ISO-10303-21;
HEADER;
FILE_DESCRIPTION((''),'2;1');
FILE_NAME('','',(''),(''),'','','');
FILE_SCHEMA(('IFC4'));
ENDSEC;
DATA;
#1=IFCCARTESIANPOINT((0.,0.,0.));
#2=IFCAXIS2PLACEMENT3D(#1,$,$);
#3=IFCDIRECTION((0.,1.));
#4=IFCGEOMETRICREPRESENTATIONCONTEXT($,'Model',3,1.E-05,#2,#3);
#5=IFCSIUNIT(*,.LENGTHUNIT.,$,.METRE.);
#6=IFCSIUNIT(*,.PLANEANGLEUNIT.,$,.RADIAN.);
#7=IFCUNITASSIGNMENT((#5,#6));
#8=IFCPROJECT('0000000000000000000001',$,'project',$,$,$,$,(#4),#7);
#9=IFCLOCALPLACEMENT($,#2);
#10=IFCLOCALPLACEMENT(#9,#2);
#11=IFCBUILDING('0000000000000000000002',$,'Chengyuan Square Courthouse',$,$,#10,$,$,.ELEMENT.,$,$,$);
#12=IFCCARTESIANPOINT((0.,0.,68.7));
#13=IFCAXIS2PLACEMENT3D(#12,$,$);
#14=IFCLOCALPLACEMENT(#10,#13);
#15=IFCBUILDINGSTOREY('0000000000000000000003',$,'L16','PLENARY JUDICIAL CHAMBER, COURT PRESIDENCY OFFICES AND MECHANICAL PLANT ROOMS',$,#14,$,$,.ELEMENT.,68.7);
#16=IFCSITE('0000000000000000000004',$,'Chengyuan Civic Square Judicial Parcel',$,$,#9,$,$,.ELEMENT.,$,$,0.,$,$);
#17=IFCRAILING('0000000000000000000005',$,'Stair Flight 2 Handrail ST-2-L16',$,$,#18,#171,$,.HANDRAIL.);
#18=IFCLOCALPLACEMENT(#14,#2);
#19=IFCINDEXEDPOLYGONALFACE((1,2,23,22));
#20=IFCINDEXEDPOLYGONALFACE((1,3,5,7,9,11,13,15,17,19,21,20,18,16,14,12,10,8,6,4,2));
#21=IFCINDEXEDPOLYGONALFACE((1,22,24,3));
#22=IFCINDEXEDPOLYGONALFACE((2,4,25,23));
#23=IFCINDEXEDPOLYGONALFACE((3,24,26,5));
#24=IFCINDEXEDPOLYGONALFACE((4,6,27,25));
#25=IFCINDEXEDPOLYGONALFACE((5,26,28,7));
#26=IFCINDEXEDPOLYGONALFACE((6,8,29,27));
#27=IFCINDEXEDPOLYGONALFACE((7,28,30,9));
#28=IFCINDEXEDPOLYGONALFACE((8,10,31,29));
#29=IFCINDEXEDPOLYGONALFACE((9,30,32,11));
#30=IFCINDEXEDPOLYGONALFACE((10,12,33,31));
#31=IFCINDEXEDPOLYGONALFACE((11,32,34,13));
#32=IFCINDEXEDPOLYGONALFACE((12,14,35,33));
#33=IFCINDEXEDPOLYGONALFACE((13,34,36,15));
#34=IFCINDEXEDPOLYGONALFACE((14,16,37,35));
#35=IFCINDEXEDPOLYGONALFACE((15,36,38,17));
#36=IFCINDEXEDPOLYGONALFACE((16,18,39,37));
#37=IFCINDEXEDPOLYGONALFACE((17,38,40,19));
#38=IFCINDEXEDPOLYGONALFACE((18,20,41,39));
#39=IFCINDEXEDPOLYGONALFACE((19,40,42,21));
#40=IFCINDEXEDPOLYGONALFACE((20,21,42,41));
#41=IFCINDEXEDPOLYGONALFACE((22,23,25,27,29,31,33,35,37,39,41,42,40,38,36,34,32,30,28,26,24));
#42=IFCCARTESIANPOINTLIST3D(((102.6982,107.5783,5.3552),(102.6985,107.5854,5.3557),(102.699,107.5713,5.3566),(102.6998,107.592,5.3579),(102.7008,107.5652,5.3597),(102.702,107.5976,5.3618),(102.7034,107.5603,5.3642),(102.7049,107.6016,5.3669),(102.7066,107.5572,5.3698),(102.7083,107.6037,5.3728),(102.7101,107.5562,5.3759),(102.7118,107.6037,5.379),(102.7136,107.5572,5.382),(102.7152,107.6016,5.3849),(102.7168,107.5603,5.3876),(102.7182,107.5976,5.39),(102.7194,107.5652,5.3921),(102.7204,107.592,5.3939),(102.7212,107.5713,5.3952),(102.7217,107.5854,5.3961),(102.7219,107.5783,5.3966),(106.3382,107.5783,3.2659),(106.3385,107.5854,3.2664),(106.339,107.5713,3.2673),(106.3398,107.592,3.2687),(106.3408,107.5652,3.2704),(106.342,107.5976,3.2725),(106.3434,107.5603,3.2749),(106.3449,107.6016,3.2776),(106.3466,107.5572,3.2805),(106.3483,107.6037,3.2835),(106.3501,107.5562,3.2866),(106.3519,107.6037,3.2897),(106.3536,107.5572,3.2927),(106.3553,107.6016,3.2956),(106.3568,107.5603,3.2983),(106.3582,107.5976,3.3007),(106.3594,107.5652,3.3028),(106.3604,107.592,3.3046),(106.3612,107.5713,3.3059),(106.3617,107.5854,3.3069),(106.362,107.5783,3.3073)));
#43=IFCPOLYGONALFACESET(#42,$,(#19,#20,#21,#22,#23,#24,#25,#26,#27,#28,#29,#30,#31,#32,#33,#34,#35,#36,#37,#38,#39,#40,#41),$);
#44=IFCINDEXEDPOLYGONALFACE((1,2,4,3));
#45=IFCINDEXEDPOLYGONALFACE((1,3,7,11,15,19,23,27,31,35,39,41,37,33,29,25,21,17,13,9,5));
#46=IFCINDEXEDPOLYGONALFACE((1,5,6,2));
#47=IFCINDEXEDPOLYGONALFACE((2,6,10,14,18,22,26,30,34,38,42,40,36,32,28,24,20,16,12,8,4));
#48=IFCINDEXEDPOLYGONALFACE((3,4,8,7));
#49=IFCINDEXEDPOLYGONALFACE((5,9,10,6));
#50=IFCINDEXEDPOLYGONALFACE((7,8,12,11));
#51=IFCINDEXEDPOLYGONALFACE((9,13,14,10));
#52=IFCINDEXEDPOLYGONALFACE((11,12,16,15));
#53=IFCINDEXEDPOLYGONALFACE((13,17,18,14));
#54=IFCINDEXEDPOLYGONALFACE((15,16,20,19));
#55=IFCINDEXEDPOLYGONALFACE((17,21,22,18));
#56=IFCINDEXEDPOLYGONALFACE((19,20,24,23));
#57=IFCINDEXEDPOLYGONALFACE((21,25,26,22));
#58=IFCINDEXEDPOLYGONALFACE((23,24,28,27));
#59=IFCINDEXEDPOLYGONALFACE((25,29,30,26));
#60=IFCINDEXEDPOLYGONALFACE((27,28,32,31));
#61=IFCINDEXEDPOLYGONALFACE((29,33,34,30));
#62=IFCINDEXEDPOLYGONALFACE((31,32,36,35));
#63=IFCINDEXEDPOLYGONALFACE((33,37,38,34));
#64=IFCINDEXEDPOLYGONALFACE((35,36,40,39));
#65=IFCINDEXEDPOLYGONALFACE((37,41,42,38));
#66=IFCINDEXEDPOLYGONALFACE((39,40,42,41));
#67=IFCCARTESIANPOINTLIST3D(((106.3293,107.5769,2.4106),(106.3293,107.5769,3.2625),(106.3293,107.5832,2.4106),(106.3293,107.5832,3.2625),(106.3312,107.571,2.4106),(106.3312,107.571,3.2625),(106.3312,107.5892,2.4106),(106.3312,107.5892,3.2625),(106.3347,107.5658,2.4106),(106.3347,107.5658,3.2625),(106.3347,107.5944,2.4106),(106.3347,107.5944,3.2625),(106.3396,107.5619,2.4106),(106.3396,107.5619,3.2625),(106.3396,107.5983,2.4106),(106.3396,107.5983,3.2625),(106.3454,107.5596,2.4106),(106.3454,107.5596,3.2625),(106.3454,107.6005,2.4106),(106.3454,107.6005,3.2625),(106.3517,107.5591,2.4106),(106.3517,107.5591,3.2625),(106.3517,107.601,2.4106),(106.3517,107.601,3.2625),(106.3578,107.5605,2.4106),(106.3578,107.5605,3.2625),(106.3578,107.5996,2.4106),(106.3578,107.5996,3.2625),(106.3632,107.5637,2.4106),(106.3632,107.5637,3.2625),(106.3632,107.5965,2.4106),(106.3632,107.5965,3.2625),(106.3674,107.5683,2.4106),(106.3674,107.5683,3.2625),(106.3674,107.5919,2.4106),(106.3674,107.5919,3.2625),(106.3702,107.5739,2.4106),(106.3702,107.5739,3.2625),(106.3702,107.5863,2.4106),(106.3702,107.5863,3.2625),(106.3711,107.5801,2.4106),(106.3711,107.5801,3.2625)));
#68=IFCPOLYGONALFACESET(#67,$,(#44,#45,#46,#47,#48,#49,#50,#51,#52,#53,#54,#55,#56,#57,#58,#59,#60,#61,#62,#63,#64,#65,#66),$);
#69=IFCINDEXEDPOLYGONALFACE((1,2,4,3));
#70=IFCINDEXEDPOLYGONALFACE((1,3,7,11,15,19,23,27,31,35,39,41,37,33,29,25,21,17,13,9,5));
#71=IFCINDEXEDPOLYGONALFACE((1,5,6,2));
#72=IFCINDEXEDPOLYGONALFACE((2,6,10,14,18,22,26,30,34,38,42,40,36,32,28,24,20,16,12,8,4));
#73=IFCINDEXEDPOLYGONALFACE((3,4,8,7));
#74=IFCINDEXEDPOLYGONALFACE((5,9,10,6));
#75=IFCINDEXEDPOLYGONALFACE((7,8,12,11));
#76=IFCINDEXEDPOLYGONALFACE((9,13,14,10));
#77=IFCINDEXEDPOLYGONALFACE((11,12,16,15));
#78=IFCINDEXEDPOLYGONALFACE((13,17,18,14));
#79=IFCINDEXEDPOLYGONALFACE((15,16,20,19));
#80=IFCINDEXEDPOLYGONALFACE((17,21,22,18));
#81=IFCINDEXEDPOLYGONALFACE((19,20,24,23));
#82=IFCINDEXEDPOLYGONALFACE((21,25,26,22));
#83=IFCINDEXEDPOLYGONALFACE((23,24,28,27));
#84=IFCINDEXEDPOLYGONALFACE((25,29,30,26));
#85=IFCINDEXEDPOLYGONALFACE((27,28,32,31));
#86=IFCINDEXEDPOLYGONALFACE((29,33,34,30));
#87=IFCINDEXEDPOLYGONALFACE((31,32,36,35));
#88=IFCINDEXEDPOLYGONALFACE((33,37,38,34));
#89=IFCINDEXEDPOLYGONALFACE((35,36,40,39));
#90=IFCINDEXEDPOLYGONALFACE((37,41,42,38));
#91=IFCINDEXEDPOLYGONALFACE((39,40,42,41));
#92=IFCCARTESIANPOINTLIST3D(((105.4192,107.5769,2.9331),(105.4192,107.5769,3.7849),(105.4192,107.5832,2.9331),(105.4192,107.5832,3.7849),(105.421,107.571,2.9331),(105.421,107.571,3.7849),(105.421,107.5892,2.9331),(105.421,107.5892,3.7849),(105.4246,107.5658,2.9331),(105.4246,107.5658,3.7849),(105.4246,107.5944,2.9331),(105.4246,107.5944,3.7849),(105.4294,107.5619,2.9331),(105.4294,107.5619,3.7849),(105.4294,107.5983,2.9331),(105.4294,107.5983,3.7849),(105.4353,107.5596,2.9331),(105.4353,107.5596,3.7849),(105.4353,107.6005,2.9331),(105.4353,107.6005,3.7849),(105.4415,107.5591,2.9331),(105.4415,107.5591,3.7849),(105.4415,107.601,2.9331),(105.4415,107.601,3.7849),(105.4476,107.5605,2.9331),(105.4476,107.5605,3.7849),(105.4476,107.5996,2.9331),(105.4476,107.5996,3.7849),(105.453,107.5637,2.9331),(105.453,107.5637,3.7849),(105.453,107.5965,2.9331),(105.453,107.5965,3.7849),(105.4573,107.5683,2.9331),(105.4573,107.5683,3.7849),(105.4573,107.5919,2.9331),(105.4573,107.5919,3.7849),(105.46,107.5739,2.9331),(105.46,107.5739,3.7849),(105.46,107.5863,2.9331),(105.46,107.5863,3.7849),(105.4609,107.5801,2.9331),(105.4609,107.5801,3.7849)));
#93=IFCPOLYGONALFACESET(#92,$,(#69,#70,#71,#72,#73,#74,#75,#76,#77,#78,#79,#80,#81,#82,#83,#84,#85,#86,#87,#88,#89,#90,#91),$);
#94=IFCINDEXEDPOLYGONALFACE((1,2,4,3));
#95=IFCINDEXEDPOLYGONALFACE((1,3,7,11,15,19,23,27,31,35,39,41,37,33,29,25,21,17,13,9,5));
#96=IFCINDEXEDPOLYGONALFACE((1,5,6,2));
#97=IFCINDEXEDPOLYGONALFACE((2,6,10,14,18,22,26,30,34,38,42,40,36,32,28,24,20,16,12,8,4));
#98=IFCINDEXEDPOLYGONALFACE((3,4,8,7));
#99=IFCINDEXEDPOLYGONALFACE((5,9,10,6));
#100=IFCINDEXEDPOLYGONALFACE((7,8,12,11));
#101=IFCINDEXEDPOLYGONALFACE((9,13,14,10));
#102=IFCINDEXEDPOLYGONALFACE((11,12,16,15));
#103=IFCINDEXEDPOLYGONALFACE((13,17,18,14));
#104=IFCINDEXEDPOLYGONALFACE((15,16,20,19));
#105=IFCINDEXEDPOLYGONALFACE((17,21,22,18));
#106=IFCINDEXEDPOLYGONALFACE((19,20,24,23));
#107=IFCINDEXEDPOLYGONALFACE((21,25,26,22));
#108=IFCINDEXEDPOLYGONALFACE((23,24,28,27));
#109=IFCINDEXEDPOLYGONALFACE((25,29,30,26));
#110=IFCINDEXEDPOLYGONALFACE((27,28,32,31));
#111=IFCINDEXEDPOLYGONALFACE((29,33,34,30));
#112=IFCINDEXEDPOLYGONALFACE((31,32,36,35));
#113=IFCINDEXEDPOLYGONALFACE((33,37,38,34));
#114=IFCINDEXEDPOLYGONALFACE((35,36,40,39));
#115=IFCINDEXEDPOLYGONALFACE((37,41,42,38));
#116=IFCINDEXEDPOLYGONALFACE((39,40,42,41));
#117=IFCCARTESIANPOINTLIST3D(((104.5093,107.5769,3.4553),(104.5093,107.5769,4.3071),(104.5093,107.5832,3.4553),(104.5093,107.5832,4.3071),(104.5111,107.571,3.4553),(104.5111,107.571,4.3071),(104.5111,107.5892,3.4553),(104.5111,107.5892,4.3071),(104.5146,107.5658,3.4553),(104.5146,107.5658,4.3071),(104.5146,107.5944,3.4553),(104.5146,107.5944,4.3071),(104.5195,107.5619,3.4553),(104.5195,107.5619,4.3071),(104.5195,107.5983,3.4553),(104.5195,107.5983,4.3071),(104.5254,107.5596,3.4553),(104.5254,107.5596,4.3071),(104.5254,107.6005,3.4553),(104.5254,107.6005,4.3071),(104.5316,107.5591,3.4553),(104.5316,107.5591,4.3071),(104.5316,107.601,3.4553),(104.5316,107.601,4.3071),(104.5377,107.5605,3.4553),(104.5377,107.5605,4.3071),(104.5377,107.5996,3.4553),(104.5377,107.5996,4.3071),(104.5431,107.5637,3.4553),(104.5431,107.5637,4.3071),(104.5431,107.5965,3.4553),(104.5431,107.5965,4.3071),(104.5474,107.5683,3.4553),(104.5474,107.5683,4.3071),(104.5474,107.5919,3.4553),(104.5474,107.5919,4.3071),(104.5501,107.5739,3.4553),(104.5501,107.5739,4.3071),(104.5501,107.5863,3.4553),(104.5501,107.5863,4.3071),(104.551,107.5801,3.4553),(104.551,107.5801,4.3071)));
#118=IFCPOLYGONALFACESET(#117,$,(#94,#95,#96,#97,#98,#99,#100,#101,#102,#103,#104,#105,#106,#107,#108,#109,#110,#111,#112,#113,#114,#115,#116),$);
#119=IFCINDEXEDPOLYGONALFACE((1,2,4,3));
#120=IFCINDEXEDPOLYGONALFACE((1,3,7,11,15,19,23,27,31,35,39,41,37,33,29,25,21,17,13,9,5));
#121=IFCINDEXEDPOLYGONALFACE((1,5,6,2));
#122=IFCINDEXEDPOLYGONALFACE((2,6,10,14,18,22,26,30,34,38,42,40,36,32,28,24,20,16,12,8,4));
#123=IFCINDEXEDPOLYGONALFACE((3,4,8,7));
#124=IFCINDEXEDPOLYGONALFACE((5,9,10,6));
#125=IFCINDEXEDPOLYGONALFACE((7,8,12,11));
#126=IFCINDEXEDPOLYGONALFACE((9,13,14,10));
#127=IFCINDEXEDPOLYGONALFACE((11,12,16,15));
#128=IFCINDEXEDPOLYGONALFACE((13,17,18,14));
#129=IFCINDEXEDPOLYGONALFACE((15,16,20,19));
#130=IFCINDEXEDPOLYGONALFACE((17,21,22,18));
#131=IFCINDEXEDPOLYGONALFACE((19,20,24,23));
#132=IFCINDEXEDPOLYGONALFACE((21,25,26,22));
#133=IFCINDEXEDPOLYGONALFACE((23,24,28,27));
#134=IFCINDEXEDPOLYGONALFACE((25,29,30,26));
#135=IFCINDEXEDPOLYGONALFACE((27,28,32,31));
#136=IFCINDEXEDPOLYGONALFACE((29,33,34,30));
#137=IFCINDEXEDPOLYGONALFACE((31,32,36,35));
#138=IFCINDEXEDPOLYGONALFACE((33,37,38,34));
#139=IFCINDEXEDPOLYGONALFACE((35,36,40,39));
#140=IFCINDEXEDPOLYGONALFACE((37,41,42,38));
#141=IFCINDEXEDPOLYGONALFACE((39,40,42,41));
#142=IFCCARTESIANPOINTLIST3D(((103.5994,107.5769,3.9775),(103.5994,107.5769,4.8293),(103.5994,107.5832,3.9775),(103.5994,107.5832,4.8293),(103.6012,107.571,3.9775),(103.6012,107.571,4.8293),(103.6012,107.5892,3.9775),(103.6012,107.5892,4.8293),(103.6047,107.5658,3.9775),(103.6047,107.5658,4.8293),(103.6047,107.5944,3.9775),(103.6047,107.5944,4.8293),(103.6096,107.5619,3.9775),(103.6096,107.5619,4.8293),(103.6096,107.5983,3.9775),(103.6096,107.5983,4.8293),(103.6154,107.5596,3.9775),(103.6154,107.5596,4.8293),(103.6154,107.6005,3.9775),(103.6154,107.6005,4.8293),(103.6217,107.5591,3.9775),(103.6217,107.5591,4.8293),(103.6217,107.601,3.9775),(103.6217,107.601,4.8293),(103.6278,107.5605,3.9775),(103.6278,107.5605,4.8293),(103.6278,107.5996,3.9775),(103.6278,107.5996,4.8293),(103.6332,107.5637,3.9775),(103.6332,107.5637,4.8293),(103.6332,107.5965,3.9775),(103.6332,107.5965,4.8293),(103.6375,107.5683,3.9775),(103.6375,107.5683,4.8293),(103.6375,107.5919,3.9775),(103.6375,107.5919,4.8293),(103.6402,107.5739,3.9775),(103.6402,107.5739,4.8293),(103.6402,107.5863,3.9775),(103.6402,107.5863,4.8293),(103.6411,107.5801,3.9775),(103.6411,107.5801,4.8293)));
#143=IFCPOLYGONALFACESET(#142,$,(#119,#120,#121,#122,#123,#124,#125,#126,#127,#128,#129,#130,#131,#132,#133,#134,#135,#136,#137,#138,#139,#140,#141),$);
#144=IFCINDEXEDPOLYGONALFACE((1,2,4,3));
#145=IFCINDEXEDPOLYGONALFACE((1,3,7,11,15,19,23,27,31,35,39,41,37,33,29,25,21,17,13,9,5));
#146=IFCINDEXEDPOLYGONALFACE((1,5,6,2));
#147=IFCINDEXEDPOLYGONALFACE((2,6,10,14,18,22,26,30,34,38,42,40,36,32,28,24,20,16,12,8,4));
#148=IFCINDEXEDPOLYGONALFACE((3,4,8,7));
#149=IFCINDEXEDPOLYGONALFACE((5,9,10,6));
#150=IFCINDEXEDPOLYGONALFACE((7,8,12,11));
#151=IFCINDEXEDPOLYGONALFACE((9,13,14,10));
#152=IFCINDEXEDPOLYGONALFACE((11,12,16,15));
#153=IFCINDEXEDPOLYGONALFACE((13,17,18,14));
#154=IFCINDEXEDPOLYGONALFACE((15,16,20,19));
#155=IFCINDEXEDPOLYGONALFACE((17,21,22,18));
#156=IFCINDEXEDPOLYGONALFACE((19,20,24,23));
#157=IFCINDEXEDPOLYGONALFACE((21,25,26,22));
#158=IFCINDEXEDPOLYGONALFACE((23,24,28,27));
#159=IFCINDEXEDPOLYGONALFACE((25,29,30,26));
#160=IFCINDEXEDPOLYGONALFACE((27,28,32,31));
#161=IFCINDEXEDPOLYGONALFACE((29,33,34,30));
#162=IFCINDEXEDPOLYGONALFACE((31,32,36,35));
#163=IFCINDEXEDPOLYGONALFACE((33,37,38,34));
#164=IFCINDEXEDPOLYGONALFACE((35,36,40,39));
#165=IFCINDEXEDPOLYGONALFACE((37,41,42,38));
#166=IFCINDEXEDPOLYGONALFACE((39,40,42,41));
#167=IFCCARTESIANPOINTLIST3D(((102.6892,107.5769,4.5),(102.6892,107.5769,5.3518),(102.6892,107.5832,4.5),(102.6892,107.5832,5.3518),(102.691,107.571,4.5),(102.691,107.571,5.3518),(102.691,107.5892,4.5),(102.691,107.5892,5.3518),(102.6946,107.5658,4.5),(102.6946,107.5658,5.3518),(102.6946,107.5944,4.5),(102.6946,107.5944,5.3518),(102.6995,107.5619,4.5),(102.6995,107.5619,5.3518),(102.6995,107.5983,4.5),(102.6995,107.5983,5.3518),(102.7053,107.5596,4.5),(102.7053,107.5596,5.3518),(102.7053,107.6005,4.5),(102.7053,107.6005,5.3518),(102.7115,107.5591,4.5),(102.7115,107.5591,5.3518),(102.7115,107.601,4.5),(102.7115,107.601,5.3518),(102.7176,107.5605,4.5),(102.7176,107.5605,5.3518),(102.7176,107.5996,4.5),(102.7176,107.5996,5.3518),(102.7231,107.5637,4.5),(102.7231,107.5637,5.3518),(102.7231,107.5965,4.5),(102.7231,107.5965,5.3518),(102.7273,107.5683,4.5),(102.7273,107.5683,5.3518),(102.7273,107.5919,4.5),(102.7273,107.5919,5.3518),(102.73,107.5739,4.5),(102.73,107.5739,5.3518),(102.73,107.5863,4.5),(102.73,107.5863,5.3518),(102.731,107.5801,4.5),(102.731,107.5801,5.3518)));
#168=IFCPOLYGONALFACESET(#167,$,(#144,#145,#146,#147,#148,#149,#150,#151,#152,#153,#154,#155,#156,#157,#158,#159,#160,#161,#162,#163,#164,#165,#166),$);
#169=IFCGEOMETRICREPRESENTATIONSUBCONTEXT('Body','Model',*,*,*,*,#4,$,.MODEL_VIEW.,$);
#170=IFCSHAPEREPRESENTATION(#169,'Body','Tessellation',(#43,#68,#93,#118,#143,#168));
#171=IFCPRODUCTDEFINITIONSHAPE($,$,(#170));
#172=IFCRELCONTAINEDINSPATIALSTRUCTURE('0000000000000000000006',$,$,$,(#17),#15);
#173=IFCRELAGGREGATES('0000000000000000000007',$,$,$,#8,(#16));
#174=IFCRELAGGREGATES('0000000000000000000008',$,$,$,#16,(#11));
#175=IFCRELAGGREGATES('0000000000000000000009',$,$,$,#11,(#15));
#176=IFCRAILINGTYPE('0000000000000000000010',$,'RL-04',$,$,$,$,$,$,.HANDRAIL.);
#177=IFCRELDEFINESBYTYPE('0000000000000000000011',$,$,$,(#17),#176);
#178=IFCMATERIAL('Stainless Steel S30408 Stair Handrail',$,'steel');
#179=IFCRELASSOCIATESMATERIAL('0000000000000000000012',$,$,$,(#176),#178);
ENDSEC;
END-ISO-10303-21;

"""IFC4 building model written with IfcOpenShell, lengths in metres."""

from ifc_helpers import new_model, si_unit, direction, frame, origin, origin_2d, place, context, subcontext, project, spatial, circle, extrude, material, type_object, element, save


model = new_model("IFC4")

# Units and contexts
model_context = context("Model", 3, precision=1e-05, world=origin(), true_north=direction((0.0, 1.0)))
body_context = subcontext(model_context, "Body", "Model", "MODEL_VIEW")
ifc_project = project(units=[si_unit("LENGTHUNIT", "METRE"), si_unit("PLANEANGLEUNIT", "RADIAN")], contexts=[model_context])

# Site, building, storey
site_placement = place(None, origin())
site = spatial("IfcSite", under=ifc_project, at=site_placement, Name="Chengyuan Civic Square Judicial Parcel", CompositionType="ELEMENT", RefElevation=0.0)
building_placement = place(site_placement, origin())
building = spatial("IfcBuilding", under=site, at=building_placement, Name="Chengyuan Square Courthouse", CompositionType="ELEMENT")
storey_placement = place(building_placement, frame((0.0, 0.0, 68.7)))
storey = spatial("IfcBuildingStorey", under=building, at=storey_placement, Name="L16", Description="PLENARY JUDICIAL CHAMBER, COURT PRESIDENCY OFFICES AND MECHANICAL PLANT ROOMS", CompositionType="ELEMENT", Elevation=68.7)

# Railing
ifc_material_1 = material(Name="Stainless Steel S30408 Stair Handrail", Category="steel")
railing_type_1 = type_object("IfcRailingType", Name="RL-04", PredefinedType="HANDRAIL", material=ifc_material_1)
railing_1_placement = place(storey_placement, frame((106.3501, 107.5801, 2.4106)))
element("IfcRailing", 1, at=railing_1_placement, inside=storey, type_object=railing_type_1, Name="Stair Flight 2 Handrail ST-2-L16", PredefinedType="HANDRAIL", context=body_context, shape_type="SweptSolid", body=[
    extrude(circle(Radius=0.0239, at=origin_2d()), frame((0.0, 0.0, 0.876), z_axis=(-0.867289, 0.0, 0.497804), x_axis=(0.0, -1.0, 0.0)), (0.0, 0.0, 1.0), 4.197),
    extrude(circle(Radius=0.021, at=origin_2d()), origin(), (0.0, 0.0, 1.0), 0.8518),
    extrude(circle(Radius=0.021, at=origin_2d()), frame((-0.9102, 0.0, 0.5225)), (0.0, 0.0, 1.0), 0.8518),
    extrude(circle(Radius=0.021, at=origin_2d()), frame((-1.8201, 0.0, 1.0447)), (0.0, 0.0, 1.0), 0.8518),
    extrude(circle(Radius=0.021, at=origin_2d()), frame((-2.73, 0.0, 1.5669)), (0.0, 0.0, 1.0), 0.8518),
    extrude(circle(Radius=0.021, at=origin_2d()), frame((-3.6401, 0.0, 2.0894)), (0.0, 0.0, 1.0), 0.8518),
])

save(model, "model.ifc")
